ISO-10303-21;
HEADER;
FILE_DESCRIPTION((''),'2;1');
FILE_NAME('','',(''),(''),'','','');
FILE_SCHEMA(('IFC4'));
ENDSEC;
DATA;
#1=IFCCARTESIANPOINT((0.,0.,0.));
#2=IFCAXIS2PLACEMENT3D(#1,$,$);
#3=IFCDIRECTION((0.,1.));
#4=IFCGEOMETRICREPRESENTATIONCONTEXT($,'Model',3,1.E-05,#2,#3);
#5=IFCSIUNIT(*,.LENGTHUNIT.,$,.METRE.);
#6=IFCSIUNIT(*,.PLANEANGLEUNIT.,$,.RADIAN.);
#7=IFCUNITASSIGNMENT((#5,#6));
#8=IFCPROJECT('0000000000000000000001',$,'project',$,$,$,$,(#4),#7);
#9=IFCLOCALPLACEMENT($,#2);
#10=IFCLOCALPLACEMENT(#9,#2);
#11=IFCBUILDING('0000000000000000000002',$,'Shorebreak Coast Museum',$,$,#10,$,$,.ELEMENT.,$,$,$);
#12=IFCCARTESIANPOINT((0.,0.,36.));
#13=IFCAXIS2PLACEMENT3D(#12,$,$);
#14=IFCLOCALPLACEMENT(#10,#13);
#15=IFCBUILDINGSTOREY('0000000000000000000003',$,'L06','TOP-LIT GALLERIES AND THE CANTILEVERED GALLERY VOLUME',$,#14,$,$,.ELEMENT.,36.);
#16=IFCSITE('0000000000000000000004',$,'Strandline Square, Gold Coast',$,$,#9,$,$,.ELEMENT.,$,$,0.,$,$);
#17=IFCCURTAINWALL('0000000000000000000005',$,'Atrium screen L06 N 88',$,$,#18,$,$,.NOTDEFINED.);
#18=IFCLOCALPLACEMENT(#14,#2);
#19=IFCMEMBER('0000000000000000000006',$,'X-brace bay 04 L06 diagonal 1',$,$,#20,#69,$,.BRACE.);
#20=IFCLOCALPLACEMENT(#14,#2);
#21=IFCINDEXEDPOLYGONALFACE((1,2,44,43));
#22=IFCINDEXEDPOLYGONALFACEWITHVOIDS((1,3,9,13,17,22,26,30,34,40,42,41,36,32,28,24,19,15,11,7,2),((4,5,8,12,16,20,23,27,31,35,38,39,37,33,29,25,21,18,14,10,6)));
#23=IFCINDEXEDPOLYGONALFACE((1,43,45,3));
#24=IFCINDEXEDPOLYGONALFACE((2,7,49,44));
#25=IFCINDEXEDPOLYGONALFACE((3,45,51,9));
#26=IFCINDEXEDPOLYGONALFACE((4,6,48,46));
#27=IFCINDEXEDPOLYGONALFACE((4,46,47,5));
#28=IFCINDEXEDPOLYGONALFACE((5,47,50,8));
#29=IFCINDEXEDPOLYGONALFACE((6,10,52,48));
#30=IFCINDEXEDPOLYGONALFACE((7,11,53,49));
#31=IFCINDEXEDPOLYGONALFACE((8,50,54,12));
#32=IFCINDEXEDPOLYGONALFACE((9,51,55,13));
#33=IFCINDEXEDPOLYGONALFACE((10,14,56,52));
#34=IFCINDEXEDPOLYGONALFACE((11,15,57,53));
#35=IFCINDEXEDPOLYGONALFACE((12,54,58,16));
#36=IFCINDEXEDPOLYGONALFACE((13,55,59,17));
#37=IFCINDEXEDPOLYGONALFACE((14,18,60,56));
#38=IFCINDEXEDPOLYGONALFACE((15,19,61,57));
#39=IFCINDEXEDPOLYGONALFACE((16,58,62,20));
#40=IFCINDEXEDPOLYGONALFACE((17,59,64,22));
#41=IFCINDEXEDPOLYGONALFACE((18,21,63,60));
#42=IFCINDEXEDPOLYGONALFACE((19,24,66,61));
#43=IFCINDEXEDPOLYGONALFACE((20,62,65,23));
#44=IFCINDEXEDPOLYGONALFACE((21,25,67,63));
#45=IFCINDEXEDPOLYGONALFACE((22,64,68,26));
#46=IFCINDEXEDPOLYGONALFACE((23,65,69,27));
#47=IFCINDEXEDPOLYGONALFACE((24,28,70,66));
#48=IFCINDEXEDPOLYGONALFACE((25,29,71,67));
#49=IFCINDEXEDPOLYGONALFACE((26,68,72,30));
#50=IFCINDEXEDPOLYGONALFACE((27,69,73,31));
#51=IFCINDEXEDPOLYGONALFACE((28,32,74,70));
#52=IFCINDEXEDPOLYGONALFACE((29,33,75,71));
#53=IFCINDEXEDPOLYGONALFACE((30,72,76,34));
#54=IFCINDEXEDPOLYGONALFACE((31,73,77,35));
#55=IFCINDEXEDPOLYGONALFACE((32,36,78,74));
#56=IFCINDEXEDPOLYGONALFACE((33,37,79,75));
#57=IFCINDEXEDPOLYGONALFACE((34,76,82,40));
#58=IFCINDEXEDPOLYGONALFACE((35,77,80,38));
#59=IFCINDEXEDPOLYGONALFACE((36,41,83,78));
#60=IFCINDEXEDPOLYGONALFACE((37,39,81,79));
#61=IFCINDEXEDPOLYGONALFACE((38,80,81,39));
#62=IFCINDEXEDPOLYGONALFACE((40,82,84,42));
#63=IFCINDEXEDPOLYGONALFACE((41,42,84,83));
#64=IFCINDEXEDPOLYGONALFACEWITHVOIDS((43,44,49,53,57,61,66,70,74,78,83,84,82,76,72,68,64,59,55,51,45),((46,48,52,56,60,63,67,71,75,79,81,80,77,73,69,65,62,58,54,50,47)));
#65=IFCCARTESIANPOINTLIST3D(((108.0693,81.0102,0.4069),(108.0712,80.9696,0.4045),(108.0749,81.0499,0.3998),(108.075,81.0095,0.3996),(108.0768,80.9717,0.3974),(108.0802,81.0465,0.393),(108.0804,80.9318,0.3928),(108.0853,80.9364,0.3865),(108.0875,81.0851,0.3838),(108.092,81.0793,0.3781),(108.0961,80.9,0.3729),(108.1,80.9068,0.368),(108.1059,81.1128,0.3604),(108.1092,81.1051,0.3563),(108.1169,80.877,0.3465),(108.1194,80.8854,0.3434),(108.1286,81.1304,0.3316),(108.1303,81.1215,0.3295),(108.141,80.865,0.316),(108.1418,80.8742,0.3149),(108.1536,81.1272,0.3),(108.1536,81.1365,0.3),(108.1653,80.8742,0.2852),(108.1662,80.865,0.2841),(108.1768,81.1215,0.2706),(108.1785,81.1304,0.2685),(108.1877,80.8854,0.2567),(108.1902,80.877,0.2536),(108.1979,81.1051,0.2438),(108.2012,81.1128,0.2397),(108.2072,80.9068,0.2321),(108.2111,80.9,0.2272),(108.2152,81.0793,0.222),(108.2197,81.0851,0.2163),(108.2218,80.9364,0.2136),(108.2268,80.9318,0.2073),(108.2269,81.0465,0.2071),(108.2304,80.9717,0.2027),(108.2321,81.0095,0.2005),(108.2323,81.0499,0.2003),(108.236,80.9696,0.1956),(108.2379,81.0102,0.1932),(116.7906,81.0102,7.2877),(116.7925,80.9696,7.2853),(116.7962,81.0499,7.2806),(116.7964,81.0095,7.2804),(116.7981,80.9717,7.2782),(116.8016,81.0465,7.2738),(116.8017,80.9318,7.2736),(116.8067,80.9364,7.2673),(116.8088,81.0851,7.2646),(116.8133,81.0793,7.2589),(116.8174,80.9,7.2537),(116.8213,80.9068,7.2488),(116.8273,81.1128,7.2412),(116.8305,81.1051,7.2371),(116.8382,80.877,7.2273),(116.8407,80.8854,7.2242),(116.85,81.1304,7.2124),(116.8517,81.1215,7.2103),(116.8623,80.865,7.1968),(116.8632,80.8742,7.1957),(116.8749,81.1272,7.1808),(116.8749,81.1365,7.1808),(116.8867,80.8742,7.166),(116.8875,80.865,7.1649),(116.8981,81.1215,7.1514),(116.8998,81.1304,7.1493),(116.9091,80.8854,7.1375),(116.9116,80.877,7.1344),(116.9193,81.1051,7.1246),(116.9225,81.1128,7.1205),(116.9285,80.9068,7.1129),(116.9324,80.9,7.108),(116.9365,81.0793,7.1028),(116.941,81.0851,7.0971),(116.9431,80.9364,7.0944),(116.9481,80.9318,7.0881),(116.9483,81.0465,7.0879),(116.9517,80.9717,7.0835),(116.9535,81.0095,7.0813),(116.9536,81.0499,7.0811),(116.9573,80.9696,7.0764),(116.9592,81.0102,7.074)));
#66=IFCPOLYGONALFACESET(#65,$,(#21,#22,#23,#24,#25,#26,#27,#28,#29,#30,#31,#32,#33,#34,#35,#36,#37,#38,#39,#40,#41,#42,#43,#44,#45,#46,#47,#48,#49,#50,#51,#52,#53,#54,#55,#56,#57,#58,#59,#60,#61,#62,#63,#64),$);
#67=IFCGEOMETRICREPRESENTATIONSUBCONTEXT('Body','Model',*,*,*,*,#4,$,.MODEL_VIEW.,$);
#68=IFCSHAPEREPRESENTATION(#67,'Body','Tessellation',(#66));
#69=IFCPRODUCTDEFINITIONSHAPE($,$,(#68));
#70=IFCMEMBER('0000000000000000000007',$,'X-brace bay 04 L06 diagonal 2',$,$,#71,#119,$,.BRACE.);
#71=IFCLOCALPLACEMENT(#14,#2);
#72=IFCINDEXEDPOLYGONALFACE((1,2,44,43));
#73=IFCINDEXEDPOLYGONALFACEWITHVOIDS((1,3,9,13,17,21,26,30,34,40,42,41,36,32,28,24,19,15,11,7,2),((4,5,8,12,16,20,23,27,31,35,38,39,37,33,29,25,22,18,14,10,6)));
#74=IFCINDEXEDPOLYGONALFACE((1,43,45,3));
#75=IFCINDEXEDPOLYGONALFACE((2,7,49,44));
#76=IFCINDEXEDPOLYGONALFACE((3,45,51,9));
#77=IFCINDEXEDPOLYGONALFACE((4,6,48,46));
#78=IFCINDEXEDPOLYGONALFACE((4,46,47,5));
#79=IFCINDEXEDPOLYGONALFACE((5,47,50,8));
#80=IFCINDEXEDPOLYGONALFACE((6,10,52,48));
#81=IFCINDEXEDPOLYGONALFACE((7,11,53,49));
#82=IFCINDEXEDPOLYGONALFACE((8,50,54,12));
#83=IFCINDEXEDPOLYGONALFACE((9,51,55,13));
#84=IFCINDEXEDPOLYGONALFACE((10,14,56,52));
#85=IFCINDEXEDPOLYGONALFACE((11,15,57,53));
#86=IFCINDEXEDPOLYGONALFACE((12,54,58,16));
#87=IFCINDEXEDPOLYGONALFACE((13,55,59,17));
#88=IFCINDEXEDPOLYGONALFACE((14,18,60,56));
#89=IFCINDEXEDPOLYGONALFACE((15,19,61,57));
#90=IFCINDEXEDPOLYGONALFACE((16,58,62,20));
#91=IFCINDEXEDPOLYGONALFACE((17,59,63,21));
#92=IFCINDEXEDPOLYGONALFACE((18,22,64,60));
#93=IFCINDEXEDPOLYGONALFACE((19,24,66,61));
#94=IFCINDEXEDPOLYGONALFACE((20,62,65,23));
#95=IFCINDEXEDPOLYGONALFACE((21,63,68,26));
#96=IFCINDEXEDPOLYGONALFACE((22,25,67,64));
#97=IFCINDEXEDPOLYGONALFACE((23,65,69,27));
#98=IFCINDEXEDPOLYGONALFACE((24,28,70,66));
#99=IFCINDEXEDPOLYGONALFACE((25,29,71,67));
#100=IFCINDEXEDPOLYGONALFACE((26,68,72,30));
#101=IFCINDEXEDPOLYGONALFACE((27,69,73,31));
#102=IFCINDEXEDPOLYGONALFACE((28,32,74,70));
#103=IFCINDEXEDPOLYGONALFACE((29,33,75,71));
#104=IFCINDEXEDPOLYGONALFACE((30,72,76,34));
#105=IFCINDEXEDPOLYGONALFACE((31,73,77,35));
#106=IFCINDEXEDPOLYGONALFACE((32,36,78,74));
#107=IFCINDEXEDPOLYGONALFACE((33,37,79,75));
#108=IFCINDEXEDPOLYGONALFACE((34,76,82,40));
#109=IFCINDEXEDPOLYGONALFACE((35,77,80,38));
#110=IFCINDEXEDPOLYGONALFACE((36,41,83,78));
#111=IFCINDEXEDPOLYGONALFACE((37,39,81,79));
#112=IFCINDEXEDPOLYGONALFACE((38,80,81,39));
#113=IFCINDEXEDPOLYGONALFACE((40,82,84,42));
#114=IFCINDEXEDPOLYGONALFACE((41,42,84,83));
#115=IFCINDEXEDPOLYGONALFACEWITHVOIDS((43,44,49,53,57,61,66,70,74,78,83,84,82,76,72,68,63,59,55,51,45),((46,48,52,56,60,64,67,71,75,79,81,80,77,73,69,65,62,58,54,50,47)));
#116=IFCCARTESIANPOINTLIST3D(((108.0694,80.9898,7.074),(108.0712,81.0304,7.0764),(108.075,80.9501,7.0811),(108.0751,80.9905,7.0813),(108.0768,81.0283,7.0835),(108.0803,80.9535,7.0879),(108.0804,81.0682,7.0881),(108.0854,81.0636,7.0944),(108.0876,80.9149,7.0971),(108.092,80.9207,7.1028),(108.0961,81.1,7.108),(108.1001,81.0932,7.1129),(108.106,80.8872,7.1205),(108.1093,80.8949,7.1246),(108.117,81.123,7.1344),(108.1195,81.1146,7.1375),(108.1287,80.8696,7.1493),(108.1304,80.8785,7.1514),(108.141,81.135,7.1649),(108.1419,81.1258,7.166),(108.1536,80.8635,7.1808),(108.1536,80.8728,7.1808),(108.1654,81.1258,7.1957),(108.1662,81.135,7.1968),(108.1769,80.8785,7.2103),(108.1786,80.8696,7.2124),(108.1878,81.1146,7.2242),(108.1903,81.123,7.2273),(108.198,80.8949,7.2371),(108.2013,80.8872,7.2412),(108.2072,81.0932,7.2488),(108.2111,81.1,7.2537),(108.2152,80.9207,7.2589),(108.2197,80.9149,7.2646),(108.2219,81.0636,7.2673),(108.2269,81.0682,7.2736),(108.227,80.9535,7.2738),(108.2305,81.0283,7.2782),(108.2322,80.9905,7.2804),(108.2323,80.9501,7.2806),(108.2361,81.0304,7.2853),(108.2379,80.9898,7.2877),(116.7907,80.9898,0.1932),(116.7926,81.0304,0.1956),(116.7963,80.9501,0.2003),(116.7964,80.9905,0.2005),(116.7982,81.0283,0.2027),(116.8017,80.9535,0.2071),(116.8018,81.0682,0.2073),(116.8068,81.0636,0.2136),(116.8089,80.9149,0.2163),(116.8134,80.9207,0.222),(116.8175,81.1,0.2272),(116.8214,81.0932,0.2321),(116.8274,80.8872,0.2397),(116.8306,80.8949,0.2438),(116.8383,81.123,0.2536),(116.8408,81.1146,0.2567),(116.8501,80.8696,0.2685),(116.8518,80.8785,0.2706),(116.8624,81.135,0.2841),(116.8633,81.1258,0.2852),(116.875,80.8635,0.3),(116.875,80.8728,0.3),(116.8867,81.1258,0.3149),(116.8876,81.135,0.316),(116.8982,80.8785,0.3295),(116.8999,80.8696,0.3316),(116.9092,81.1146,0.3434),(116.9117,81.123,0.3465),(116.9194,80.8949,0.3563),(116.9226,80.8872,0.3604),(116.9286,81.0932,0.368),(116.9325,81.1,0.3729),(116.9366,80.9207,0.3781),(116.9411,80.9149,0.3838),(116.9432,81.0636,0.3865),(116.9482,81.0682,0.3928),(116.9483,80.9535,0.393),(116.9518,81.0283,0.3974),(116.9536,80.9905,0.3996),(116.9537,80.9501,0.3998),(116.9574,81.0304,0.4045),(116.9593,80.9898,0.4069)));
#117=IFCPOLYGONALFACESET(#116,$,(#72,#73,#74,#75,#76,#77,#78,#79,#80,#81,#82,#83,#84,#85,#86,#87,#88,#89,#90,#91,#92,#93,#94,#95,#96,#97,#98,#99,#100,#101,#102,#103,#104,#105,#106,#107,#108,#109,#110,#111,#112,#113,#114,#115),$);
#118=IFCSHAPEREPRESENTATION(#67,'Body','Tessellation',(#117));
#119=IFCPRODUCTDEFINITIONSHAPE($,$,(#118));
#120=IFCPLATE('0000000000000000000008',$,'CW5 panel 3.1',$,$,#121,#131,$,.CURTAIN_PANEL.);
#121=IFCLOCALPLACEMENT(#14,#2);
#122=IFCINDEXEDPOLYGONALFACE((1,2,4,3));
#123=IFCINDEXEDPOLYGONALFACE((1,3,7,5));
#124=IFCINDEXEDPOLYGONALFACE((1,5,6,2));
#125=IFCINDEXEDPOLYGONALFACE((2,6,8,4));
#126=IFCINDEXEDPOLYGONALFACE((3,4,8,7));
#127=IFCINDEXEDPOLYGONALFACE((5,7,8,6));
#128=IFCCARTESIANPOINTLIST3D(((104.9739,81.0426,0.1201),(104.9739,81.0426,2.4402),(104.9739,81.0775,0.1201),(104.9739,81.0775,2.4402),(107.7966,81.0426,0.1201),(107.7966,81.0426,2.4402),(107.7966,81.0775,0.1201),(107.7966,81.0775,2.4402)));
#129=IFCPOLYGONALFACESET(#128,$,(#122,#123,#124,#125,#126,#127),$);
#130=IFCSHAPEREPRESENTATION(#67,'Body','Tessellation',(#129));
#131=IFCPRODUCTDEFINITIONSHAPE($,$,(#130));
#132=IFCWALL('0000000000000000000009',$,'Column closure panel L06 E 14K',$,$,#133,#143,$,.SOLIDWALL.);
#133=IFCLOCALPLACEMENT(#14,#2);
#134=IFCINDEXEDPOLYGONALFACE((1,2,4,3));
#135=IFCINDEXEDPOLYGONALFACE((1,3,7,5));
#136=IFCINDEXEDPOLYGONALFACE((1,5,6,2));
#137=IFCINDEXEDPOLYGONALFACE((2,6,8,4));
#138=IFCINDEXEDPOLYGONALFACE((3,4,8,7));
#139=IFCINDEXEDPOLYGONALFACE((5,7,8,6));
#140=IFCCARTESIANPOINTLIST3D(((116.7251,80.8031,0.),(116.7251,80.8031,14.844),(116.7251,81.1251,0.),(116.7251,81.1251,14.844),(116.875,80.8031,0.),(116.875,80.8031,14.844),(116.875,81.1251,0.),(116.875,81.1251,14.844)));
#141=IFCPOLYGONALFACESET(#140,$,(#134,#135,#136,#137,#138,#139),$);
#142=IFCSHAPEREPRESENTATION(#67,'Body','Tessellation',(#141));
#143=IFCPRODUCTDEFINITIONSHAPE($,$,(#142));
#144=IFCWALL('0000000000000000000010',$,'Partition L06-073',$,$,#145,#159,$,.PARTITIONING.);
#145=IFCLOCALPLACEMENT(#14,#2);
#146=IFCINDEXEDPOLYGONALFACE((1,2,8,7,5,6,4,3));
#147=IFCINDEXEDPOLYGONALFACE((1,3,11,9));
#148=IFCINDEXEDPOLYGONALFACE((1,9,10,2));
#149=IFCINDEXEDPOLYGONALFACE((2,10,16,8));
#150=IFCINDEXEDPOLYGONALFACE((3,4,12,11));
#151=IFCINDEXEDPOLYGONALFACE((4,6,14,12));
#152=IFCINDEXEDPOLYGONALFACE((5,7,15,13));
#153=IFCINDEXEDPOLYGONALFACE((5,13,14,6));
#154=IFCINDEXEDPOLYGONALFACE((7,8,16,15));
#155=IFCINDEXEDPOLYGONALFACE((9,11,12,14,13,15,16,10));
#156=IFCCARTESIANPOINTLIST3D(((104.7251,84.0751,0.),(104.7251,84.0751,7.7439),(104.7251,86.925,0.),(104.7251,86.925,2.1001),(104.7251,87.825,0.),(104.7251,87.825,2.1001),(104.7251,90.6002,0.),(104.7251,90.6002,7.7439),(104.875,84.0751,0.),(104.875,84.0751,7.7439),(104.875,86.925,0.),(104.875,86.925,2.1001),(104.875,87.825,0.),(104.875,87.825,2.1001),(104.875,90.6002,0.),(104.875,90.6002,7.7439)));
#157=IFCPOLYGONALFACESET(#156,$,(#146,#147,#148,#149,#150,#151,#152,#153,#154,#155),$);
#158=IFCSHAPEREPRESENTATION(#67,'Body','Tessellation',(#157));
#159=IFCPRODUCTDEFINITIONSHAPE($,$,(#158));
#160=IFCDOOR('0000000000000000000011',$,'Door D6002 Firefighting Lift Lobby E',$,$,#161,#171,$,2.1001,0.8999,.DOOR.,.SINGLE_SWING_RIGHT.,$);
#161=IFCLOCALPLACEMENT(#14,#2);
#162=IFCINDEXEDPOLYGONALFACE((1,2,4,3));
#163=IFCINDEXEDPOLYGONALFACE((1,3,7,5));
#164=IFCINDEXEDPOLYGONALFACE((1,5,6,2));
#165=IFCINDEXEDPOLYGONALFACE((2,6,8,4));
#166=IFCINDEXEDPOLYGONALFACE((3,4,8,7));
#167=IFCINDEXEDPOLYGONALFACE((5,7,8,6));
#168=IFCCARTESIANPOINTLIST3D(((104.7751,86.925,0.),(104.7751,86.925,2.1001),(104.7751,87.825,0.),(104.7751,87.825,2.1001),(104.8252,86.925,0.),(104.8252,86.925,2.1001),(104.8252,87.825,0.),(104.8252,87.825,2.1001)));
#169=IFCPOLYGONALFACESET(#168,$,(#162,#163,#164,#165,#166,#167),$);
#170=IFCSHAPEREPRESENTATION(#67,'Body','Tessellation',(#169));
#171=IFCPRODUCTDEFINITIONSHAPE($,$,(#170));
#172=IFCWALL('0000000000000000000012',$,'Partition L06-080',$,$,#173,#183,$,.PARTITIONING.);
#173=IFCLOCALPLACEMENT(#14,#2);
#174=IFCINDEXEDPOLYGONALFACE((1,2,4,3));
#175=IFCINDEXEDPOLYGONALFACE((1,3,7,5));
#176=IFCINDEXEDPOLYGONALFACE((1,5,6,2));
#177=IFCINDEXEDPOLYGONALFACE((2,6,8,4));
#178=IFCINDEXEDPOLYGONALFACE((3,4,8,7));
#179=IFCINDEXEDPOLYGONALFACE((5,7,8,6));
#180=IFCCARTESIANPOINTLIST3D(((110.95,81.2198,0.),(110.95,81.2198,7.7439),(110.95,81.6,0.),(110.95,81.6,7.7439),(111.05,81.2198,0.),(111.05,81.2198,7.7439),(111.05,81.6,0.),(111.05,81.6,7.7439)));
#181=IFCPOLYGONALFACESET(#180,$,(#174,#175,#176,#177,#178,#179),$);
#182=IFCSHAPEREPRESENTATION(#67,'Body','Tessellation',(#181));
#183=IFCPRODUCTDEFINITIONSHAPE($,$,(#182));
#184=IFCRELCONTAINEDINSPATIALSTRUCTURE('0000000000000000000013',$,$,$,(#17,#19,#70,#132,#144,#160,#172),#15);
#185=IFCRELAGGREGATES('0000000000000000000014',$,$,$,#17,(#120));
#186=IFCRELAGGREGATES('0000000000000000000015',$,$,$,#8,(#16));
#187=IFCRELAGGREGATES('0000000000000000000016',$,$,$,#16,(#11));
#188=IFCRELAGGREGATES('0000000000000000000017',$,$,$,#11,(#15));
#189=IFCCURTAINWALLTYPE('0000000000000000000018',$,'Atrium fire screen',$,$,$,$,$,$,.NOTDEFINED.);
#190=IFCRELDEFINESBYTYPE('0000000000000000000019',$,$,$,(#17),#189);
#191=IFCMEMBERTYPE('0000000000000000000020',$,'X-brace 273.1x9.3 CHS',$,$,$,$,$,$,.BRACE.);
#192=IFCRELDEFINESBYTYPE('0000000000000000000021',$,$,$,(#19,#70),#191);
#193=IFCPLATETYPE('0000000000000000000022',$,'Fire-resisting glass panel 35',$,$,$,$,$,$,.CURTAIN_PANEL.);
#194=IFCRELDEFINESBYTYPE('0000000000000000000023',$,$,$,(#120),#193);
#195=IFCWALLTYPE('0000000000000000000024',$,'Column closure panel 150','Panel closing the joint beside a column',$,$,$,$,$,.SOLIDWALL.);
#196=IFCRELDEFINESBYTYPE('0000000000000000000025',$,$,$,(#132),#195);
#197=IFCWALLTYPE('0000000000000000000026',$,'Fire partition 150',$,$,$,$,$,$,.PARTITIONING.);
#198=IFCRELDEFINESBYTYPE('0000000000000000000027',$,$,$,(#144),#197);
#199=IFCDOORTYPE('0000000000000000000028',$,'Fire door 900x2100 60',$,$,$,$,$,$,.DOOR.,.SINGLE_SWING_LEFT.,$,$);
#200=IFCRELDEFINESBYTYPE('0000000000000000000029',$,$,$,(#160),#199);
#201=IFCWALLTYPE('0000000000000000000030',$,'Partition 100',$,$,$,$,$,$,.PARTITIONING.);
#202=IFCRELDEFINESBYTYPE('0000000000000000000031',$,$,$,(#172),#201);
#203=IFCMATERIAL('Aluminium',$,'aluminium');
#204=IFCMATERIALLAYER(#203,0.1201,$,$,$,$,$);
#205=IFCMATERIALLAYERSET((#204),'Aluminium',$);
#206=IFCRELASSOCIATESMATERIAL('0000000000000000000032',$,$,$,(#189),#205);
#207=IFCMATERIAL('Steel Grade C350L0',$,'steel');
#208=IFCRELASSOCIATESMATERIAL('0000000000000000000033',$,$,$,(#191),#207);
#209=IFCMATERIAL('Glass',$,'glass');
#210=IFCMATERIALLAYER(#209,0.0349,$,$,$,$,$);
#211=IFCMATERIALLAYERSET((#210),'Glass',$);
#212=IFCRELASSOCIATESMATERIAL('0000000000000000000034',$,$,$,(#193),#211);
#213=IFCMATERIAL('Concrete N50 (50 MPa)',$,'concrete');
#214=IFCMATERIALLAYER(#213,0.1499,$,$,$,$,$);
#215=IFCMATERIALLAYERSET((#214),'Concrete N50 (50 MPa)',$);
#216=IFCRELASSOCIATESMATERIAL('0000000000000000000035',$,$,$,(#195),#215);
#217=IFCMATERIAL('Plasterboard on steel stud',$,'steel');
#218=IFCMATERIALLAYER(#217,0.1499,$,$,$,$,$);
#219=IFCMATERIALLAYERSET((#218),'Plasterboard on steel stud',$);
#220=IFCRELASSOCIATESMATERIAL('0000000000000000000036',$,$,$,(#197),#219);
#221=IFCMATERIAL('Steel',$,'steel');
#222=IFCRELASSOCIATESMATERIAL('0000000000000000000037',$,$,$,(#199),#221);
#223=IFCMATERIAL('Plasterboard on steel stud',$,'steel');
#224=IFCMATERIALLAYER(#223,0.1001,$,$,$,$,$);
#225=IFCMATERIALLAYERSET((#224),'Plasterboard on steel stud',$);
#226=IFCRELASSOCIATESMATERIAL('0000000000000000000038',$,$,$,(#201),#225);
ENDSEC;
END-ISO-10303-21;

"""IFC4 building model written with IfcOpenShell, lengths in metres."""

from ifc_helpers import new_model, si_unit, direction, frame, frame_2d, origin, origin_2d, place, context, subcontext, project, spatial, rectangle, hollow_circle, extrude, material, layer, layer_set, material_profile, profile_set, type_object, element, fill, aggregate, save


model = new_model("IFC4")

# Units and contexts
model_context = context("Model", 3, precision=1e-05, world=origin(), true_north=direction((0.0, 1.0)))
body_context = subcontext(model_context, "Body", "Model", "MODEL_VIEW")
ifc_project = project(units=[si_unit("LENGTHUNIT", "METRE"), si_unit("PLANEANGLEUNIT", "RADIAN")], contexts=[model_context])

# Site, building, storey
site_placement = place(None, origin())
site = spatial("IfcSite", under=ifc_project, at=site_placement, Name="Strandline Square, Gold Coast", CompositionType="ELEMENT", RefElevation=0.0)
building_placement = place(site_placement, origin())
building = spatial("IfcBuilding", under=site, at=building_placement, Name="Shorebreak Coast Museum", CompositionType="ELEMENT")
storey_placement = place(building_placement, frame((0.0, 0.0, 36.0)))
storey = spatial("IfcBuildingStorey", under=building, at=storey_placement, Name="L06", Description="TOP-LIT GALLERIES AND THE CANTILEVERED GALLERY VOLUME", CompositionType="ELEMENT", Elevation=36.0)

# Curtain wall
ifc_material_1 = material(Name="Aluminium", Category="aluminium")
ifc_layer_1 = layer(ifc_material_1, 0.1201)
ifc_layer_set_1 = layer_set([ifc_layer_1], Name="Aluminium")
curtain_wall_type = type_object("IfcCurtainWallType", Name="Atrium fire screen", PredefinedType="NOTDEFINED", material=ifc_layer_set_1)
curtain_wall_1_placement = place(storey_placement, origin())
curtain_wall_1 = element("IfcCurtainWall", 1, at=curtain_wall_1_placement, inside=storey, type_object=curtain_wall_type, Name="Atrium screen L06 N 88", PredefinedType="NOTDEFINED")

# Members
ifc_material_2 = material(Name="Steel Grade C350L0", Category="steel")
ifc_material_profile_1 = material_profile(ifc_material_2, hollow_circle(Radius=0.1365, WallThickness=0.0093, at=origin_2d()), Name="273.1x9.3 CHS")
ifc_profile_set_1 = profile_set([ifc_material_profile_1], Name="Steel Grade C350L0")
member_type_1 = type_object("IfcMemberType", Name="X-brace 273.1x9.3 CHS", PredefinedType="BRACE", material=ifc_profile_set_1)
for number, where, z_axis, x_axis, name in (
    (2, (108.1536, 81.0, 0.3), (0.785079, 0.0, 0.619396), (0.0, 1.0, 0.0), "X-brace bay 04 L06 diagonal 1"),
    (3, (116.875, 81.0, 0.3), (-0.785079, 0.0, 0.619396), (0.0, -1.0, 0.0), "X-brace bay 04 L06 diagonal 2"),
):
    element("IfcMember", number, at=place(storey_placement, frame(where, z_axis=z_axis, x_axis=x_axis)), inside=storey, type_object=member_type_1, Name=name, PredefinedType="BRACE", context=body_context, shape_type="SweptSolid", body=[
        extrude(hollow_circle(Radius=0.1365, WallThickness=0.0093, at=origin_2d()), origin(), (0.0, 0.0, 1.0), 11.1089),
    ])

# Plate
ifc_material_3 = material(Name="Glass", Category="glass")
ifc_layer_2 = layer(ifc_material_3, 0.0349)
ifc_layer_set_2 = layer_set([ifc_layer_2], Name="Glass")
plate_type = type_object("IfcPlateType", Name="Fire-resisting glass panel 35", PredefinedType="CURTAIN_PANEL", material=ifc_layer_set_2)
plate_placement = place(storey_placement, frame((106.3853, 81.0601, 0.1201), z_axis=(0.0, 0.0, 1.0), x_axis=(1.0, 0.0, 0.0)))
plate = element("IfcPlate", 4, at=plate_placement, type_object=plate_type, Name="CW5 panel 3.1", PredefinedType="CURTAIN_PANEL", context=body_context, shape_type="SweptSolid", body=[
    extrude(rectangle(XDim=2.8228, YDim=0.0349, at=origin_2d()), origin(), (0.0, 0.0, 1.0), 2.3201),
])
aggregate(curtain_wall_1, [plate])

# Wall
ifc_material_4 = material(Name="Concrete N50 (50 MPa)", Category="concrete")
ifc_layer_3 = layer(ifc_material_4, 0.1499)
ifc_layer_set_3 = layer_set([ifc_layer_3], Name="Concrete N50 (50 MPa)")
wall_type_1 = type_object("IfcWallType", Name="Column closure panel 150", Description="Panel closing the joint beside a column", PredefinedType="SOLIDWALL", material=ifc_layer_set_3)
wall_1_placement = place(storey_placement, frame((116.8, 80.803, 0.0), z_axis=(0.0, 0.0, 1.0), x_axis=(0.0, 1.0, 0.0)))
element("IfcWall", 5, at=wall_1_placement, inside=storey, type_object=wall_type_1, Name="Column closure panel L06 E 14K", PredefinedType="SOLIDWALL", context=body_context, shape_type="SweptSolid", body=[
    extrude(rectangle(XDim=0.322, YDim=0.1499, at=frame_2d((0.1611, 0.0))), origin(), (0.0, 0.0, 1.0), 14.844),
])

# Wall, opening, door
ifc_material_5 = material(Name="Plasterboard on steel stud", Category="steel")
ifc_layer_4 = layer(ifc_material_5, 0.1499)
ifc_layer_set_4 = layer_set([ifc_layer_4], Name="Plasterboard on steel stud")
wall_type_2 = type_object("IfcWallType", Name="Fire partition 150", PredefinedType="PARTITIONING", material=ifc_layer_set_4)
wall_2_placement = place(storey_placement, frame((104.8, 84.075, 0.0), z_axis=(0.0, 0.0, 1.0), x_axis=(0.0, 1.0, 0.0)))
wall_2 = element("IfcWall", 6, at=wall_2_placement, inside=storey, type_object=wall_type_2, Name="Partition L06-073", PredefinedType="PARTITIONING", context=body_context, shape_type="SweptSolid", body=[
    extrude(rectangle(XDim=6.5251, YDim=0.1499, at=frame_2d((3.2627, 0.0))), origin(), (0.0, 0.0, 1.0), 7.7439),
])
opening_1_placement = place(wall_2_placement, frame((2.8501, 0.0, 0.0)))
opening_1 = element("IfcOpeningElement", 7, at=opening_1_placement, cuts=wall_2, PredefinedType="OPENING", context=body_context, shape_type="SweptSolid", body=[
    extrude(rectangle(XDim=0.8999, YDim=2.1001, at=frame_2d((0.45, 1.05))), frame((0.0, 0.085, 0.0), z_axis=(0.0, -1.0, 0.0), x_axis=(1.0, 0.0, 0.0)), (0.0, 0.0, 1.0), 0.1699),
])
ifc_material_6 = material(Name="Steel", Category="steel")
door_type_1 = type_object("IfcDoorType", Name="Fire door 900x2100 60", OperationType="SINGLE_SWING_LEFT", PredefinedType="DOOR", material=ifc_material_6)
door_1_placement = place(opening_1_placement, origin())
door_1 = element("IfcDoor", 8, at=door_1_placement, inside=storey, type_object=door_type_1, Name="Door D6002 Firefighting Lift Lobby E", OperationType="SINGLE_SWING_RIGHT", OverallHeight=2.1001, OverallWidth=0.8999, PredefinedType="DOOR", context=body_context, shape_type="SweptSolid", body=[
    extrude(rectangle(XDim=0.8999, YDim=2.1001, at=frame_2d((0.45, 1.05))), frame((0.0, 0.0249, 0.0), z_axis=(0.0, -1.0, 0.0), x_axis=(1.0, 0.0, 0.0)), (0.0, 0.0, 1.0), 0.05),
])
fill(opening_1, door_1)

# Wall
ifc_material_7 = material(Name="Plasterboard on steel stud", Category="steel")
ifc_layer_5 = layer(ifc_material_7, 0.1001)
ifc_layer_set_5 = layer_set([ifc_layer_5], Name="Plasterboard on steel stud")
wall_type_3 = type_object("IfcWallType", Name="Partition 100", PredefinedType="PARTITIONING", material=ifc_layer_set_5)
wall_3_placement = place(storey_placement, frame((111.0, 81.22, 0.0), z_axis=(0.0, 0.0, 1.0), x_axis=(0.0, 1.0, 0.0)))
element("IfcWall", 9, at=wall_3_placement, inside=storey, type_object=wall_type_3, Name="Partition L06-080", PredefinedType="PARTITIONING", context=body_context, shape_type="SweptSolid", body=[
    extrude(rectangle(XDim=0.3801, YDim=0.1001, at=frame_2d((0.1899, 0.0))), origin(), (0.0, 0.0, 1.0), 7.7439),
])

save(model, "model.ifc")
